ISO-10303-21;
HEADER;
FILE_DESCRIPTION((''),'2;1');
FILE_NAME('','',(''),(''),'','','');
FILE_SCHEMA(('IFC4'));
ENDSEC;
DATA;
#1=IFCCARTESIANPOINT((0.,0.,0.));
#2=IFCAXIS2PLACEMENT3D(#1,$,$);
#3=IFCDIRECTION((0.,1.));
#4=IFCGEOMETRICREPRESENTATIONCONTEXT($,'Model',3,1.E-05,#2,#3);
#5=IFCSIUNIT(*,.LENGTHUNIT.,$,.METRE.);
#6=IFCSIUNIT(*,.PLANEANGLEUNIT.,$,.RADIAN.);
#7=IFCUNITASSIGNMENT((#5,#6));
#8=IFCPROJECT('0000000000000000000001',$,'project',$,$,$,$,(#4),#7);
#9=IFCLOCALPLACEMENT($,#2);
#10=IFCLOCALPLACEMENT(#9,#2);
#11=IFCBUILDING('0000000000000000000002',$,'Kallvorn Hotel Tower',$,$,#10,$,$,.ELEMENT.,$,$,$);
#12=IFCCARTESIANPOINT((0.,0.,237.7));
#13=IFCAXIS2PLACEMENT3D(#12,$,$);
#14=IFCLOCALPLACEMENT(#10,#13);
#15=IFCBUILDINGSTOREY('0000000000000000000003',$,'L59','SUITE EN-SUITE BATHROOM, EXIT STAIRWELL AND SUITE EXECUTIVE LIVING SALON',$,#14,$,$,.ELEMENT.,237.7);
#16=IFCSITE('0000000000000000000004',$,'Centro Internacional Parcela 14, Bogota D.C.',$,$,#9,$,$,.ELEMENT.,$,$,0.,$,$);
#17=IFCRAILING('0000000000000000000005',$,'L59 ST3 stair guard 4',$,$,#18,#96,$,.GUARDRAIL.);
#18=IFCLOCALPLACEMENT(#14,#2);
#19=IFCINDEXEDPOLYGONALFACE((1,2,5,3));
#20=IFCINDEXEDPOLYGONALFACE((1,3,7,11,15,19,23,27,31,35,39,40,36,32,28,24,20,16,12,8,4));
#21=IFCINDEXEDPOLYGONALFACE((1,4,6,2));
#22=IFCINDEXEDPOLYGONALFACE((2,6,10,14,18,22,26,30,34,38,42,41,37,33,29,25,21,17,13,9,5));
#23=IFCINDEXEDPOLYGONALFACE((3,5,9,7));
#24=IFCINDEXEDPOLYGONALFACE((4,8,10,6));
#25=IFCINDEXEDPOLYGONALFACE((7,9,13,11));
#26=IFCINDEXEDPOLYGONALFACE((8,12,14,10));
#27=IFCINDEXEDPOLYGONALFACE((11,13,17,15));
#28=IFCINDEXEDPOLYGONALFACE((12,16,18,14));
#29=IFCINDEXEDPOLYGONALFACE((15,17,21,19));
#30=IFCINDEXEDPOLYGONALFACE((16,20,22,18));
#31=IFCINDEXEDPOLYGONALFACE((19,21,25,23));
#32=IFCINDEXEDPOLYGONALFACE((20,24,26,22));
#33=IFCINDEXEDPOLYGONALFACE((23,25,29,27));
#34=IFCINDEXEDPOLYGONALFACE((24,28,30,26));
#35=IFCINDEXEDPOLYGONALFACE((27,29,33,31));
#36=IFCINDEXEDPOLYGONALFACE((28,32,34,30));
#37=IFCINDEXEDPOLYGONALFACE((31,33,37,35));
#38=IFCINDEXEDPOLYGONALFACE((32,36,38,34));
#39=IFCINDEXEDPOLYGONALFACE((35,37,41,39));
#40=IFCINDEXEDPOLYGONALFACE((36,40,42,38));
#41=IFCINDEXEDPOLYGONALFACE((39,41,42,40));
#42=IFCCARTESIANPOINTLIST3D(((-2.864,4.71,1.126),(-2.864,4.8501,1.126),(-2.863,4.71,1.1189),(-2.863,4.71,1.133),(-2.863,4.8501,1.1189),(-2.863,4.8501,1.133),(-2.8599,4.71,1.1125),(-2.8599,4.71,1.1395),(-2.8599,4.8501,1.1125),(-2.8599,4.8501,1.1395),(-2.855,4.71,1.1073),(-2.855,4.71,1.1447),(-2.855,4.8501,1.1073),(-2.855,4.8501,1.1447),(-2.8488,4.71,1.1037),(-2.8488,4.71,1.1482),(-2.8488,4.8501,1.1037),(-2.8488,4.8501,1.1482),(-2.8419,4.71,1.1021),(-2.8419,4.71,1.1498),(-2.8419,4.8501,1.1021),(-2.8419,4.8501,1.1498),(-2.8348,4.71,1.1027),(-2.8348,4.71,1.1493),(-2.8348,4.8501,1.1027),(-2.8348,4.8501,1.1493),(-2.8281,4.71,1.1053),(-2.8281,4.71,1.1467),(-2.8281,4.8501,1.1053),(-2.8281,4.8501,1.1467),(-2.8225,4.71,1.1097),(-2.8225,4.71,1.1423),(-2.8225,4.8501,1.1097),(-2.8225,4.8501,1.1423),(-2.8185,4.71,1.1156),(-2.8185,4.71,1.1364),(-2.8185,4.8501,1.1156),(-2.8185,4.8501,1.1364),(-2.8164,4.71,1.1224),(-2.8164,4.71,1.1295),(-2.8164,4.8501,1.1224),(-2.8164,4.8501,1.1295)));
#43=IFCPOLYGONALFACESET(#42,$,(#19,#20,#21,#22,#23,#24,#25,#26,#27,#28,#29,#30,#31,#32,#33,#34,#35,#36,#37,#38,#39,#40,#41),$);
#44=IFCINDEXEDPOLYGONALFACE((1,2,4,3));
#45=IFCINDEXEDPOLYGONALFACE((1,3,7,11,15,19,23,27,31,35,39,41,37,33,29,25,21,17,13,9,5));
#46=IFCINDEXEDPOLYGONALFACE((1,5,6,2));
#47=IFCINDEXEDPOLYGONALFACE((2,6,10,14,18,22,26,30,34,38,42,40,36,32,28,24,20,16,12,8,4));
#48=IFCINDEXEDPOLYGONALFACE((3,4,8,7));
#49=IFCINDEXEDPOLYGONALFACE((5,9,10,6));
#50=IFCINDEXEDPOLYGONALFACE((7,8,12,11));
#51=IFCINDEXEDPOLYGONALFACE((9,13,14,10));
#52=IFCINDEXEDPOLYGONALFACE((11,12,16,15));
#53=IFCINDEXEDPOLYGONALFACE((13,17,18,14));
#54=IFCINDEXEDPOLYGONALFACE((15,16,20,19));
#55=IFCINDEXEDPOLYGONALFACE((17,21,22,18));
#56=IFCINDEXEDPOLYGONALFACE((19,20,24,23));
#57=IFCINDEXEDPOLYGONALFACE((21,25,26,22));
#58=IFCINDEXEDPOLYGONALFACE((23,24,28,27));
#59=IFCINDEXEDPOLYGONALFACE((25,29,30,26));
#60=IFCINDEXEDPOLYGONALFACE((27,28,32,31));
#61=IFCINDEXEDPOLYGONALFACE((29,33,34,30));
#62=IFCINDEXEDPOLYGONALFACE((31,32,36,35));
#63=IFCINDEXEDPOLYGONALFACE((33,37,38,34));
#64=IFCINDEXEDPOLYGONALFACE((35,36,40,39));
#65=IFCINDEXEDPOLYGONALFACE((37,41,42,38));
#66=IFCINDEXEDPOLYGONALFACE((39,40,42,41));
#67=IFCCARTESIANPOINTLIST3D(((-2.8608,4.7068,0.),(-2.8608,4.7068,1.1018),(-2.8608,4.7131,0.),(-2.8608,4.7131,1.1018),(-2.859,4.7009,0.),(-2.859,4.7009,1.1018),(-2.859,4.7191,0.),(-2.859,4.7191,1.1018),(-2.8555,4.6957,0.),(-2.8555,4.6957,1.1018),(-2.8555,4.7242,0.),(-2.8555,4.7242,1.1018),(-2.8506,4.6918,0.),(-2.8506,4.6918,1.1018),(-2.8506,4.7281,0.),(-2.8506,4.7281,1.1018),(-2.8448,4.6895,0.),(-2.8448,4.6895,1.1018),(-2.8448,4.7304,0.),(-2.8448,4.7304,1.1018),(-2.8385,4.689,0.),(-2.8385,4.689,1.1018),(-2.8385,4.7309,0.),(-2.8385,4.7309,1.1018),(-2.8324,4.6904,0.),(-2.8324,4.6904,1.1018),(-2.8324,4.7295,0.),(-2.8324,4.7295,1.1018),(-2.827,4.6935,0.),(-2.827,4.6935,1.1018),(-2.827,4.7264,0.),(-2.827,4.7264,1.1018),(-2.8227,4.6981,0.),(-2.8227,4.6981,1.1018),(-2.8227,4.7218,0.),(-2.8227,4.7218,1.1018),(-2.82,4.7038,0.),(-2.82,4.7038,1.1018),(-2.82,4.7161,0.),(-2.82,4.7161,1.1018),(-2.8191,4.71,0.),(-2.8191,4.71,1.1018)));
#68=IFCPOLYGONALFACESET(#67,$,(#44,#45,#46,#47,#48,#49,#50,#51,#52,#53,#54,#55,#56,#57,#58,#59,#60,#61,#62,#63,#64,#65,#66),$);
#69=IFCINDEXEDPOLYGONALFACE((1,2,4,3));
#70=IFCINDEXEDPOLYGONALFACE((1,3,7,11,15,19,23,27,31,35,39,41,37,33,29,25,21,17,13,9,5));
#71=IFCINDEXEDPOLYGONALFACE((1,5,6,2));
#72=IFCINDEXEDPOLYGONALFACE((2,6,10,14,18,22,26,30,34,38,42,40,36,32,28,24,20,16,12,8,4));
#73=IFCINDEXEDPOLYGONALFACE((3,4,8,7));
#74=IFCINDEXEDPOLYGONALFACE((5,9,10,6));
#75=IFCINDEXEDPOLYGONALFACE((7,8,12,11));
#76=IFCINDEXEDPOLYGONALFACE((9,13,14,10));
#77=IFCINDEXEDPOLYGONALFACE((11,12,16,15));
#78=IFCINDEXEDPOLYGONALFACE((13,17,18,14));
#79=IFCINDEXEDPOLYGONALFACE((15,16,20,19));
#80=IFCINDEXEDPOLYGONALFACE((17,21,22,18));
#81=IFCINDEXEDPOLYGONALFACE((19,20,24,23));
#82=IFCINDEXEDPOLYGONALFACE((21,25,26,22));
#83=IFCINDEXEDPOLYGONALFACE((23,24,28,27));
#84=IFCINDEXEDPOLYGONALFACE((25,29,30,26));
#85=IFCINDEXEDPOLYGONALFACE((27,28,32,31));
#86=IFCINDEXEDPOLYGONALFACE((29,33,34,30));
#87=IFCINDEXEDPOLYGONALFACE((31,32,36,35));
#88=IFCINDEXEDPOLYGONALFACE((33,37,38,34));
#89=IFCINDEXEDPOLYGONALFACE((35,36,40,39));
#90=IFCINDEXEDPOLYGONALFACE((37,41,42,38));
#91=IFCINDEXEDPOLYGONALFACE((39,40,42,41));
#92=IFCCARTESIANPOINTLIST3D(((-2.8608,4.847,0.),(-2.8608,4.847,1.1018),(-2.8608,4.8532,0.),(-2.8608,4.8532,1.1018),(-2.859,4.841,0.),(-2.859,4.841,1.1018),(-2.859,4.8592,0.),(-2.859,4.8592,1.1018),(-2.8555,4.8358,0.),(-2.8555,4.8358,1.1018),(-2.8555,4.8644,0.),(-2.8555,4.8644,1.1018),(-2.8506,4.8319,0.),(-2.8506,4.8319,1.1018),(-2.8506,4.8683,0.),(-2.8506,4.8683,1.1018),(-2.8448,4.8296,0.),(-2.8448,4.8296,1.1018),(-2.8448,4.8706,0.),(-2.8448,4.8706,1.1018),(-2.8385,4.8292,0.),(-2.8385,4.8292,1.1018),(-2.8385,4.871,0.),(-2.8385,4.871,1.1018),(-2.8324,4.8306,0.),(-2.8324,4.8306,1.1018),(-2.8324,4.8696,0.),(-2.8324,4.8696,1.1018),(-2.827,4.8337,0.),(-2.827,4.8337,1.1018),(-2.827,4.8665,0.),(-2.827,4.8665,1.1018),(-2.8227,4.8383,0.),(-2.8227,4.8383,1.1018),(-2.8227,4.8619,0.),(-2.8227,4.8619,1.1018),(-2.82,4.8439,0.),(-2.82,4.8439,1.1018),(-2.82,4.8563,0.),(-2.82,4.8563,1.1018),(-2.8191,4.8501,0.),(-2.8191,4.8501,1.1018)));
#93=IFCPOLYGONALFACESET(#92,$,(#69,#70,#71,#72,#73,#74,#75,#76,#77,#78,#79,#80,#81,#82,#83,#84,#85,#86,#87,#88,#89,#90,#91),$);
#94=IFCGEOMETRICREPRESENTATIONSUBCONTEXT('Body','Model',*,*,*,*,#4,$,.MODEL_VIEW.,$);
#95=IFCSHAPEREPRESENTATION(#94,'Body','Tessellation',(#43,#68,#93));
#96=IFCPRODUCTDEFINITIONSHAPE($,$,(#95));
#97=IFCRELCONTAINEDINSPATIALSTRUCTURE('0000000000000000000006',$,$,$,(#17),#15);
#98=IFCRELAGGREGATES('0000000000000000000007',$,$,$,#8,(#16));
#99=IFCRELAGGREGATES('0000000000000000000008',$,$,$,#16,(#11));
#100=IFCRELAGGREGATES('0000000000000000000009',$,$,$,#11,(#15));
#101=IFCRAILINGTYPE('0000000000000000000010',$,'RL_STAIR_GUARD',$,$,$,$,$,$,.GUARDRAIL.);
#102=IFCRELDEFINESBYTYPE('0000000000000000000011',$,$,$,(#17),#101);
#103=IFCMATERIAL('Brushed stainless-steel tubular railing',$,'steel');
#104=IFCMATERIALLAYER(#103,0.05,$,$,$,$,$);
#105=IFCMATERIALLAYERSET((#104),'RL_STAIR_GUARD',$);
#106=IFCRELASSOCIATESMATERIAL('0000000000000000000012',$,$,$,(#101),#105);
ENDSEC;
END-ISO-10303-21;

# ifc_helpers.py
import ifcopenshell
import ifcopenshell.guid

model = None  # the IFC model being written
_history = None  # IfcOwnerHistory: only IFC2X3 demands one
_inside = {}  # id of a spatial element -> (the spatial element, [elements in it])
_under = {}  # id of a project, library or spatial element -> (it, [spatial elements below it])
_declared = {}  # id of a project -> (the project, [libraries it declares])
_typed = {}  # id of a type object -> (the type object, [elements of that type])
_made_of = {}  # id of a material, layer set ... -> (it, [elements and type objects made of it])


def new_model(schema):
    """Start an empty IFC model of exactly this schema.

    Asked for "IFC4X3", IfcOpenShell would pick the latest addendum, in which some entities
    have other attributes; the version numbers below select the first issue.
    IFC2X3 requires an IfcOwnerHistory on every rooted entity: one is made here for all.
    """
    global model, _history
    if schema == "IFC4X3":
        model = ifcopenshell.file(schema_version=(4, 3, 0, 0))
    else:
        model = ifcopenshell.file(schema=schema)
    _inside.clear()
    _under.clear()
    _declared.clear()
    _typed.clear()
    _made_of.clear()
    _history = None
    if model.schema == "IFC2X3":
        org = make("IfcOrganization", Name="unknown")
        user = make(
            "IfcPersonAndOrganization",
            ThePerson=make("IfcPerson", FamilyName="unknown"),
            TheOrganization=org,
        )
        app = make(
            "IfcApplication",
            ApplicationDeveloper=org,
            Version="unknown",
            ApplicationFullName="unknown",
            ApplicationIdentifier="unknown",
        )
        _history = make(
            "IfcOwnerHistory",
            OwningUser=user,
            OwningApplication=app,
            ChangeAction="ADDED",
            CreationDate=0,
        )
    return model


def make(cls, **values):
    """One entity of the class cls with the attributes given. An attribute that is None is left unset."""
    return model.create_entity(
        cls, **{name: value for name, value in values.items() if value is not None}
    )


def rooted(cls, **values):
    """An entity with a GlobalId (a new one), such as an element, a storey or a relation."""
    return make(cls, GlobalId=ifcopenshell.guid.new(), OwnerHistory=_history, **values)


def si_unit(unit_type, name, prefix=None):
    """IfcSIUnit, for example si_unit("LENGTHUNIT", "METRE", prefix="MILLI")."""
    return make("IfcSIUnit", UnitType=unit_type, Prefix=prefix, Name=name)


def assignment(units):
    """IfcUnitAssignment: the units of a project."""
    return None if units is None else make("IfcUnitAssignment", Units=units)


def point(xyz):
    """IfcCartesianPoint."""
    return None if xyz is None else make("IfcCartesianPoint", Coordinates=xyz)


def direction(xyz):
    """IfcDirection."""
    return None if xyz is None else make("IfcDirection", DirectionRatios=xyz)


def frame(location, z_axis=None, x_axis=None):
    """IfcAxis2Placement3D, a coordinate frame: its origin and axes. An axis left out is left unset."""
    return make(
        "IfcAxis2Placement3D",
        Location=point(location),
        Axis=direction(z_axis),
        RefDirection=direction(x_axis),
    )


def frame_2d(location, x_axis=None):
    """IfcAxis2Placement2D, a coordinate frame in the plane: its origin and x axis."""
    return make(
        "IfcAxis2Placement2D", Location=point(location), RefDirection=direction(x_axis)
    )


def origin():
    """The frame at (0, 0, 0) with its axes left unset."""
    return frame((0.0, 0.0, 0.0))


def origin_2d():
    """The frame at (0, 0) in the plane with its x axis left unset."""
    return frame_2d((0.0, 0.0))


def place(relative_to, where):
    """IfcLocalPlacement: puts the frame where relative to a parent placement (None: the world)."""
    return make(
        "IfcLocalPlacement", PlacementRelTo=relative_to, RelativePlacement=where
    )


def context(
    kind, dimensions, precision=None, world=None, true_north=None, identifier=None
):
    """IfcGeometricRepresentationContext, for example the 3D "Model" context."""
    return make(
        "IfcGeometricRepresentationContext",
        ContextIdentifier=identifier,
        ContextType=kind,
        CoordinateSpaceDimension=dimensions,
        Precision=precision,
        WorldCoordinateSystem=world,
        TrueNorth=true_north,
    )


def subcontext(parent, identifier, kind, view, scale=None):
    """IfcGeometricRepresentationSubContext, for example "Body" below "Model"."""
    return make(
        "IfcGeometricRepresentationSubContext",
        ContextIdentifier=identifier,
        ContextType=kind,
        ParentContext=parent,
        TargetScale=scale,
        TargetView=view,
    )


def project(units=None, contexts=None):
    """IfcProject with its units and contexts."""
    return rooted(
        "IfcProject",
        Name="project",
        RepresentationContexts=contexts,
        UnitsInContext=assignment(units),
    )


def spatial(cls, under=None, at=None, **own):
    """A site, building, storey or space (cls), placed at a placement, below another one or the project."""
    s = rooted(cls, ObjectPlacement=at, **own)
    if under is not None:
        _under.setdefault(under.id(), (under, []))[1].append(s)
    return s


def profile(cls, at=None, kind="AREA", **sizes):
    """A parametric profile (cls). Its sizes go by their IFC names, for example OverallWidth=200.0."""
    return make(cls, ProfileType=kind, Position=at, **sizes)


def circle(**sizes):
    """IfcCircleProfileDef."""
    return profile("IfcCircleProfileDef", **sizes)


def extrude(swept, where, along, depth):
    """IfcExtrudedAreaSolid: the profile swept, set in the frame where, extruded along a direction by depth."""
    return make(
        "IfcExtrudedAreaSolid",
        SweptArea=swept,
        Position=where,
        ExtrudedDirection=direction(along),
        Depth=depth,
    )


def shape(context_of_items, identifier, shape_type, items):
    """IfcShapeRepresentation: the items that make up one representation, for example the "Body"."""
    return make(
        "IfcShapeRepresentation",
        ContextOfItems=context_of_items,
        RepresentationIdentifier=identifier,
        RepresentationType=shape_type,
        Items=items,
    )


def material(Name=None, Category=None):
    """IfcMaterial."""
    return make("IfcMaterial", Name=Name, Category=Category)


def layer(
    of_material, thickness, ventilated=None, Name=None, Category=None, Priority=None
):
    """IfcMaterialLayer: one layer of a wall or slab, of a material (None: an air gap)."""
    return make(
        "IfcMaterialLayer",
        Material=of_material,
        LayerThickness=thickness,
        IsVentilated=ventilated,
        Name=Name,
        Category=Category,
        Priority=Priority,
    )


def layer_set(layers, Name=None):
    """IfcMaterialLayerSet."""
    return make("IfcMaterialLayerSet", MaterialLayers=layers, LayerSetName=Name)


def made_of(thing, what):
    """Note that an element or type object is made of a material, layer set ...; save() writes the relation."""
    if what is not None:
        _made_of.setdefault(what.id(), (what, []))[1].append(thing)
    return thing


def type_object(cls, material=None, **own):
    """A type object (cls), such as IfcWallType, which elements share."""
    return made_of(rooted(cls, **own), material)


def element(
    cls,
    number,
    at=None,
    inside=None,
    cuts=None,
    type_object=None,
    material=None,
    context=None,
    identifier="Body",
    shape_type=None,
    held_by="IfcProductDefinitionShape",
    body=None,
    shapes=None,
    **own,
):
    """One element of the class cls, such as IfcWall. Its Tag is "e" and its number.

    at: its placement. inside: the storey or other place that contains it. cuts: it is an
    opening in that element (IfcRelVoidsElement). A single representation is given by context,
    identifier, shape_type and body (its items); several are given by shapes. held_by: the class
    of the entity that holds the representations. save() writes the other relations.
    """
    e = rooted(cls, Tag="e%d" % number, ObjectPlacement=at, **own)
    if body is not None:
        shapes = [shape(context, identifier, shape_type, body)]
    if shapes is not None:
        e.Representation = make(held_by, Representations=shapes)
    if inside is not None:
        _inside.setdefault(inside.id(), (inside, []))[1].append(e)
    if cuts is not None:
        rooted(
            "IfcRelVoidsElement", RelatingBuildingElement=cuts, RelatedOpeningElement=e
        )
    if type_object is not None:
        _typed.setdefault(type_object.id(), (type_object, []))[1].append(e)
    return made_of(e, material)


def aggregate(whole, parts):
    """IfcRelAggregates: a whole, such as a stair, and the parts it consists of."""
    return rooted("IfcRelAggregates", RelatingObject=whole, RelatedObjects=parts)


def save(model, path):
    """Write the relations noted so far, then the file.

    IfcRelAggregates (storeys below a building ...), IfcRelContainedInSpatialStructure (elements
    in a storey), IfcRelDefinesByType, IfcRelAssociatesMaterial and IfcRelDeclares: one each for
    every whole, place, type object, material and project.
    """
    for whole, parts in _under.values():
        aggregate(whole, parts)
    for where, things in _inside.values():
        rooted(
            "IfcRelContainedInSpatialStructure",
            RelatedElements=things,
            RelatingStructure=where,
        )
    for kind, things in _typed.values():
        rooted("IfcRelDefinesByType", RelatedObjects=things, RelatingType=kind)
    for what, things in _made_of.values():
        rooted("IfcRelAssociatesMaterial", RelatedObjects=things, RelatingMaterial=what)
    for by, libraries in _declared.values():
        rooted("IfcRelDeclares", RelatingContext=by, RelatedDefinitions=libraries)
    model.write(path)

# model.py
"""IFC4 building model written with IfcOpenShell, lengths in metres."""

from ifc_helpers import new_model, si_unit, direction, frame, origin, origin_2d, place, context, subcontext, project, spatial, circle, extrude, material, layer, layer_set, type_object, element, save


model = new_model("IFC4")

# Units and contexts
model_context = context("Model", 3, precision=1e-05, world=origin(), true_north=direction((0.0, 1.0)))
body_context = subcontext(model_context, "Body", "Model", "MODEL_VIEW")
ifc_project = project(units=[si_unit("LENGTHUNIT", "METRE"), si_unit("PLANEANGLEUNIT", "RADIAN")], contexts=[model_context])

# Site, building, storey
site_placement = place(None, origin())
site = spatial("IfcSite", under=ifc_project, at=site_placement, Name="Centro Internacional Parcela 14, Bogota D.C.", CompositionType="ELEMENT", RefElevation=0.0)
building_placement = place(site_placement, origin())
building = spatial("IfcBuilding", under=site, at=building_placement, Name="Kallvorn Hotel Tower", CompositionType="ELEMENT")
storey_placement = place(building_placement, frame((0.0, 0.0, 237.7)))
storey = spatial("IfcBuildingStorey", under=building, at=storey_placement, Name="L59", Description="SUITE EN-SUITE BATHROOM, EXIT STAIRWELL AND SUITE EXECUTIVE LIVING SALON", CompositionType="ELEMENT", Elevation=237.7)

# Railing
ifc_material_1 = material(Name="Brushed stainless-steel tubular railing", Category="steel")
ifc_layer_1 = layer(ifc_material_1, 0.05)
ifc_layer_set_1 = layer_set([ifc_layer_1], Name="RL_STAIR_GUARD")
railing_type_1 = type_object("IfcRailingType", Name="RL_STAIR_GUARD", PredefinedType="GUARDRAIL", material=ifc_layer_set_1)
railing_1_placement = place(storey_placement, frame((-2.8401, 4.71, 0.0)))
element("IfcRailing", 1, at=railing_1_placement, inside=storey, type_object=railing_type_1, Name="L59 ST3 stair guard 4", PredefinedType="GUARDRAIL", context=body_context, shape_type="SweptSolid", body=[
    extrude(circle(Radius=0.0239, at=origin_2d()), frame((0.0, 0.0, 1.126), z_axis=(0.0, 1.0, 0.0), x_axis=(-1.0, 0.0, 0.0)), (0.0, 0.0, 1.0), 0.1401),
    extrude(circle(Radius=0.021, at=origin_2d()), origin(), (0.0, 0.0, 1.0), 1.1018),
    extrude(circle(Radius=0.021, at=origin_2d()), frame((0.0, 0.1401, 0.0)), (0.0, 0.0, 1.0), 1.1018),
])

save(model, "model.ifc")
